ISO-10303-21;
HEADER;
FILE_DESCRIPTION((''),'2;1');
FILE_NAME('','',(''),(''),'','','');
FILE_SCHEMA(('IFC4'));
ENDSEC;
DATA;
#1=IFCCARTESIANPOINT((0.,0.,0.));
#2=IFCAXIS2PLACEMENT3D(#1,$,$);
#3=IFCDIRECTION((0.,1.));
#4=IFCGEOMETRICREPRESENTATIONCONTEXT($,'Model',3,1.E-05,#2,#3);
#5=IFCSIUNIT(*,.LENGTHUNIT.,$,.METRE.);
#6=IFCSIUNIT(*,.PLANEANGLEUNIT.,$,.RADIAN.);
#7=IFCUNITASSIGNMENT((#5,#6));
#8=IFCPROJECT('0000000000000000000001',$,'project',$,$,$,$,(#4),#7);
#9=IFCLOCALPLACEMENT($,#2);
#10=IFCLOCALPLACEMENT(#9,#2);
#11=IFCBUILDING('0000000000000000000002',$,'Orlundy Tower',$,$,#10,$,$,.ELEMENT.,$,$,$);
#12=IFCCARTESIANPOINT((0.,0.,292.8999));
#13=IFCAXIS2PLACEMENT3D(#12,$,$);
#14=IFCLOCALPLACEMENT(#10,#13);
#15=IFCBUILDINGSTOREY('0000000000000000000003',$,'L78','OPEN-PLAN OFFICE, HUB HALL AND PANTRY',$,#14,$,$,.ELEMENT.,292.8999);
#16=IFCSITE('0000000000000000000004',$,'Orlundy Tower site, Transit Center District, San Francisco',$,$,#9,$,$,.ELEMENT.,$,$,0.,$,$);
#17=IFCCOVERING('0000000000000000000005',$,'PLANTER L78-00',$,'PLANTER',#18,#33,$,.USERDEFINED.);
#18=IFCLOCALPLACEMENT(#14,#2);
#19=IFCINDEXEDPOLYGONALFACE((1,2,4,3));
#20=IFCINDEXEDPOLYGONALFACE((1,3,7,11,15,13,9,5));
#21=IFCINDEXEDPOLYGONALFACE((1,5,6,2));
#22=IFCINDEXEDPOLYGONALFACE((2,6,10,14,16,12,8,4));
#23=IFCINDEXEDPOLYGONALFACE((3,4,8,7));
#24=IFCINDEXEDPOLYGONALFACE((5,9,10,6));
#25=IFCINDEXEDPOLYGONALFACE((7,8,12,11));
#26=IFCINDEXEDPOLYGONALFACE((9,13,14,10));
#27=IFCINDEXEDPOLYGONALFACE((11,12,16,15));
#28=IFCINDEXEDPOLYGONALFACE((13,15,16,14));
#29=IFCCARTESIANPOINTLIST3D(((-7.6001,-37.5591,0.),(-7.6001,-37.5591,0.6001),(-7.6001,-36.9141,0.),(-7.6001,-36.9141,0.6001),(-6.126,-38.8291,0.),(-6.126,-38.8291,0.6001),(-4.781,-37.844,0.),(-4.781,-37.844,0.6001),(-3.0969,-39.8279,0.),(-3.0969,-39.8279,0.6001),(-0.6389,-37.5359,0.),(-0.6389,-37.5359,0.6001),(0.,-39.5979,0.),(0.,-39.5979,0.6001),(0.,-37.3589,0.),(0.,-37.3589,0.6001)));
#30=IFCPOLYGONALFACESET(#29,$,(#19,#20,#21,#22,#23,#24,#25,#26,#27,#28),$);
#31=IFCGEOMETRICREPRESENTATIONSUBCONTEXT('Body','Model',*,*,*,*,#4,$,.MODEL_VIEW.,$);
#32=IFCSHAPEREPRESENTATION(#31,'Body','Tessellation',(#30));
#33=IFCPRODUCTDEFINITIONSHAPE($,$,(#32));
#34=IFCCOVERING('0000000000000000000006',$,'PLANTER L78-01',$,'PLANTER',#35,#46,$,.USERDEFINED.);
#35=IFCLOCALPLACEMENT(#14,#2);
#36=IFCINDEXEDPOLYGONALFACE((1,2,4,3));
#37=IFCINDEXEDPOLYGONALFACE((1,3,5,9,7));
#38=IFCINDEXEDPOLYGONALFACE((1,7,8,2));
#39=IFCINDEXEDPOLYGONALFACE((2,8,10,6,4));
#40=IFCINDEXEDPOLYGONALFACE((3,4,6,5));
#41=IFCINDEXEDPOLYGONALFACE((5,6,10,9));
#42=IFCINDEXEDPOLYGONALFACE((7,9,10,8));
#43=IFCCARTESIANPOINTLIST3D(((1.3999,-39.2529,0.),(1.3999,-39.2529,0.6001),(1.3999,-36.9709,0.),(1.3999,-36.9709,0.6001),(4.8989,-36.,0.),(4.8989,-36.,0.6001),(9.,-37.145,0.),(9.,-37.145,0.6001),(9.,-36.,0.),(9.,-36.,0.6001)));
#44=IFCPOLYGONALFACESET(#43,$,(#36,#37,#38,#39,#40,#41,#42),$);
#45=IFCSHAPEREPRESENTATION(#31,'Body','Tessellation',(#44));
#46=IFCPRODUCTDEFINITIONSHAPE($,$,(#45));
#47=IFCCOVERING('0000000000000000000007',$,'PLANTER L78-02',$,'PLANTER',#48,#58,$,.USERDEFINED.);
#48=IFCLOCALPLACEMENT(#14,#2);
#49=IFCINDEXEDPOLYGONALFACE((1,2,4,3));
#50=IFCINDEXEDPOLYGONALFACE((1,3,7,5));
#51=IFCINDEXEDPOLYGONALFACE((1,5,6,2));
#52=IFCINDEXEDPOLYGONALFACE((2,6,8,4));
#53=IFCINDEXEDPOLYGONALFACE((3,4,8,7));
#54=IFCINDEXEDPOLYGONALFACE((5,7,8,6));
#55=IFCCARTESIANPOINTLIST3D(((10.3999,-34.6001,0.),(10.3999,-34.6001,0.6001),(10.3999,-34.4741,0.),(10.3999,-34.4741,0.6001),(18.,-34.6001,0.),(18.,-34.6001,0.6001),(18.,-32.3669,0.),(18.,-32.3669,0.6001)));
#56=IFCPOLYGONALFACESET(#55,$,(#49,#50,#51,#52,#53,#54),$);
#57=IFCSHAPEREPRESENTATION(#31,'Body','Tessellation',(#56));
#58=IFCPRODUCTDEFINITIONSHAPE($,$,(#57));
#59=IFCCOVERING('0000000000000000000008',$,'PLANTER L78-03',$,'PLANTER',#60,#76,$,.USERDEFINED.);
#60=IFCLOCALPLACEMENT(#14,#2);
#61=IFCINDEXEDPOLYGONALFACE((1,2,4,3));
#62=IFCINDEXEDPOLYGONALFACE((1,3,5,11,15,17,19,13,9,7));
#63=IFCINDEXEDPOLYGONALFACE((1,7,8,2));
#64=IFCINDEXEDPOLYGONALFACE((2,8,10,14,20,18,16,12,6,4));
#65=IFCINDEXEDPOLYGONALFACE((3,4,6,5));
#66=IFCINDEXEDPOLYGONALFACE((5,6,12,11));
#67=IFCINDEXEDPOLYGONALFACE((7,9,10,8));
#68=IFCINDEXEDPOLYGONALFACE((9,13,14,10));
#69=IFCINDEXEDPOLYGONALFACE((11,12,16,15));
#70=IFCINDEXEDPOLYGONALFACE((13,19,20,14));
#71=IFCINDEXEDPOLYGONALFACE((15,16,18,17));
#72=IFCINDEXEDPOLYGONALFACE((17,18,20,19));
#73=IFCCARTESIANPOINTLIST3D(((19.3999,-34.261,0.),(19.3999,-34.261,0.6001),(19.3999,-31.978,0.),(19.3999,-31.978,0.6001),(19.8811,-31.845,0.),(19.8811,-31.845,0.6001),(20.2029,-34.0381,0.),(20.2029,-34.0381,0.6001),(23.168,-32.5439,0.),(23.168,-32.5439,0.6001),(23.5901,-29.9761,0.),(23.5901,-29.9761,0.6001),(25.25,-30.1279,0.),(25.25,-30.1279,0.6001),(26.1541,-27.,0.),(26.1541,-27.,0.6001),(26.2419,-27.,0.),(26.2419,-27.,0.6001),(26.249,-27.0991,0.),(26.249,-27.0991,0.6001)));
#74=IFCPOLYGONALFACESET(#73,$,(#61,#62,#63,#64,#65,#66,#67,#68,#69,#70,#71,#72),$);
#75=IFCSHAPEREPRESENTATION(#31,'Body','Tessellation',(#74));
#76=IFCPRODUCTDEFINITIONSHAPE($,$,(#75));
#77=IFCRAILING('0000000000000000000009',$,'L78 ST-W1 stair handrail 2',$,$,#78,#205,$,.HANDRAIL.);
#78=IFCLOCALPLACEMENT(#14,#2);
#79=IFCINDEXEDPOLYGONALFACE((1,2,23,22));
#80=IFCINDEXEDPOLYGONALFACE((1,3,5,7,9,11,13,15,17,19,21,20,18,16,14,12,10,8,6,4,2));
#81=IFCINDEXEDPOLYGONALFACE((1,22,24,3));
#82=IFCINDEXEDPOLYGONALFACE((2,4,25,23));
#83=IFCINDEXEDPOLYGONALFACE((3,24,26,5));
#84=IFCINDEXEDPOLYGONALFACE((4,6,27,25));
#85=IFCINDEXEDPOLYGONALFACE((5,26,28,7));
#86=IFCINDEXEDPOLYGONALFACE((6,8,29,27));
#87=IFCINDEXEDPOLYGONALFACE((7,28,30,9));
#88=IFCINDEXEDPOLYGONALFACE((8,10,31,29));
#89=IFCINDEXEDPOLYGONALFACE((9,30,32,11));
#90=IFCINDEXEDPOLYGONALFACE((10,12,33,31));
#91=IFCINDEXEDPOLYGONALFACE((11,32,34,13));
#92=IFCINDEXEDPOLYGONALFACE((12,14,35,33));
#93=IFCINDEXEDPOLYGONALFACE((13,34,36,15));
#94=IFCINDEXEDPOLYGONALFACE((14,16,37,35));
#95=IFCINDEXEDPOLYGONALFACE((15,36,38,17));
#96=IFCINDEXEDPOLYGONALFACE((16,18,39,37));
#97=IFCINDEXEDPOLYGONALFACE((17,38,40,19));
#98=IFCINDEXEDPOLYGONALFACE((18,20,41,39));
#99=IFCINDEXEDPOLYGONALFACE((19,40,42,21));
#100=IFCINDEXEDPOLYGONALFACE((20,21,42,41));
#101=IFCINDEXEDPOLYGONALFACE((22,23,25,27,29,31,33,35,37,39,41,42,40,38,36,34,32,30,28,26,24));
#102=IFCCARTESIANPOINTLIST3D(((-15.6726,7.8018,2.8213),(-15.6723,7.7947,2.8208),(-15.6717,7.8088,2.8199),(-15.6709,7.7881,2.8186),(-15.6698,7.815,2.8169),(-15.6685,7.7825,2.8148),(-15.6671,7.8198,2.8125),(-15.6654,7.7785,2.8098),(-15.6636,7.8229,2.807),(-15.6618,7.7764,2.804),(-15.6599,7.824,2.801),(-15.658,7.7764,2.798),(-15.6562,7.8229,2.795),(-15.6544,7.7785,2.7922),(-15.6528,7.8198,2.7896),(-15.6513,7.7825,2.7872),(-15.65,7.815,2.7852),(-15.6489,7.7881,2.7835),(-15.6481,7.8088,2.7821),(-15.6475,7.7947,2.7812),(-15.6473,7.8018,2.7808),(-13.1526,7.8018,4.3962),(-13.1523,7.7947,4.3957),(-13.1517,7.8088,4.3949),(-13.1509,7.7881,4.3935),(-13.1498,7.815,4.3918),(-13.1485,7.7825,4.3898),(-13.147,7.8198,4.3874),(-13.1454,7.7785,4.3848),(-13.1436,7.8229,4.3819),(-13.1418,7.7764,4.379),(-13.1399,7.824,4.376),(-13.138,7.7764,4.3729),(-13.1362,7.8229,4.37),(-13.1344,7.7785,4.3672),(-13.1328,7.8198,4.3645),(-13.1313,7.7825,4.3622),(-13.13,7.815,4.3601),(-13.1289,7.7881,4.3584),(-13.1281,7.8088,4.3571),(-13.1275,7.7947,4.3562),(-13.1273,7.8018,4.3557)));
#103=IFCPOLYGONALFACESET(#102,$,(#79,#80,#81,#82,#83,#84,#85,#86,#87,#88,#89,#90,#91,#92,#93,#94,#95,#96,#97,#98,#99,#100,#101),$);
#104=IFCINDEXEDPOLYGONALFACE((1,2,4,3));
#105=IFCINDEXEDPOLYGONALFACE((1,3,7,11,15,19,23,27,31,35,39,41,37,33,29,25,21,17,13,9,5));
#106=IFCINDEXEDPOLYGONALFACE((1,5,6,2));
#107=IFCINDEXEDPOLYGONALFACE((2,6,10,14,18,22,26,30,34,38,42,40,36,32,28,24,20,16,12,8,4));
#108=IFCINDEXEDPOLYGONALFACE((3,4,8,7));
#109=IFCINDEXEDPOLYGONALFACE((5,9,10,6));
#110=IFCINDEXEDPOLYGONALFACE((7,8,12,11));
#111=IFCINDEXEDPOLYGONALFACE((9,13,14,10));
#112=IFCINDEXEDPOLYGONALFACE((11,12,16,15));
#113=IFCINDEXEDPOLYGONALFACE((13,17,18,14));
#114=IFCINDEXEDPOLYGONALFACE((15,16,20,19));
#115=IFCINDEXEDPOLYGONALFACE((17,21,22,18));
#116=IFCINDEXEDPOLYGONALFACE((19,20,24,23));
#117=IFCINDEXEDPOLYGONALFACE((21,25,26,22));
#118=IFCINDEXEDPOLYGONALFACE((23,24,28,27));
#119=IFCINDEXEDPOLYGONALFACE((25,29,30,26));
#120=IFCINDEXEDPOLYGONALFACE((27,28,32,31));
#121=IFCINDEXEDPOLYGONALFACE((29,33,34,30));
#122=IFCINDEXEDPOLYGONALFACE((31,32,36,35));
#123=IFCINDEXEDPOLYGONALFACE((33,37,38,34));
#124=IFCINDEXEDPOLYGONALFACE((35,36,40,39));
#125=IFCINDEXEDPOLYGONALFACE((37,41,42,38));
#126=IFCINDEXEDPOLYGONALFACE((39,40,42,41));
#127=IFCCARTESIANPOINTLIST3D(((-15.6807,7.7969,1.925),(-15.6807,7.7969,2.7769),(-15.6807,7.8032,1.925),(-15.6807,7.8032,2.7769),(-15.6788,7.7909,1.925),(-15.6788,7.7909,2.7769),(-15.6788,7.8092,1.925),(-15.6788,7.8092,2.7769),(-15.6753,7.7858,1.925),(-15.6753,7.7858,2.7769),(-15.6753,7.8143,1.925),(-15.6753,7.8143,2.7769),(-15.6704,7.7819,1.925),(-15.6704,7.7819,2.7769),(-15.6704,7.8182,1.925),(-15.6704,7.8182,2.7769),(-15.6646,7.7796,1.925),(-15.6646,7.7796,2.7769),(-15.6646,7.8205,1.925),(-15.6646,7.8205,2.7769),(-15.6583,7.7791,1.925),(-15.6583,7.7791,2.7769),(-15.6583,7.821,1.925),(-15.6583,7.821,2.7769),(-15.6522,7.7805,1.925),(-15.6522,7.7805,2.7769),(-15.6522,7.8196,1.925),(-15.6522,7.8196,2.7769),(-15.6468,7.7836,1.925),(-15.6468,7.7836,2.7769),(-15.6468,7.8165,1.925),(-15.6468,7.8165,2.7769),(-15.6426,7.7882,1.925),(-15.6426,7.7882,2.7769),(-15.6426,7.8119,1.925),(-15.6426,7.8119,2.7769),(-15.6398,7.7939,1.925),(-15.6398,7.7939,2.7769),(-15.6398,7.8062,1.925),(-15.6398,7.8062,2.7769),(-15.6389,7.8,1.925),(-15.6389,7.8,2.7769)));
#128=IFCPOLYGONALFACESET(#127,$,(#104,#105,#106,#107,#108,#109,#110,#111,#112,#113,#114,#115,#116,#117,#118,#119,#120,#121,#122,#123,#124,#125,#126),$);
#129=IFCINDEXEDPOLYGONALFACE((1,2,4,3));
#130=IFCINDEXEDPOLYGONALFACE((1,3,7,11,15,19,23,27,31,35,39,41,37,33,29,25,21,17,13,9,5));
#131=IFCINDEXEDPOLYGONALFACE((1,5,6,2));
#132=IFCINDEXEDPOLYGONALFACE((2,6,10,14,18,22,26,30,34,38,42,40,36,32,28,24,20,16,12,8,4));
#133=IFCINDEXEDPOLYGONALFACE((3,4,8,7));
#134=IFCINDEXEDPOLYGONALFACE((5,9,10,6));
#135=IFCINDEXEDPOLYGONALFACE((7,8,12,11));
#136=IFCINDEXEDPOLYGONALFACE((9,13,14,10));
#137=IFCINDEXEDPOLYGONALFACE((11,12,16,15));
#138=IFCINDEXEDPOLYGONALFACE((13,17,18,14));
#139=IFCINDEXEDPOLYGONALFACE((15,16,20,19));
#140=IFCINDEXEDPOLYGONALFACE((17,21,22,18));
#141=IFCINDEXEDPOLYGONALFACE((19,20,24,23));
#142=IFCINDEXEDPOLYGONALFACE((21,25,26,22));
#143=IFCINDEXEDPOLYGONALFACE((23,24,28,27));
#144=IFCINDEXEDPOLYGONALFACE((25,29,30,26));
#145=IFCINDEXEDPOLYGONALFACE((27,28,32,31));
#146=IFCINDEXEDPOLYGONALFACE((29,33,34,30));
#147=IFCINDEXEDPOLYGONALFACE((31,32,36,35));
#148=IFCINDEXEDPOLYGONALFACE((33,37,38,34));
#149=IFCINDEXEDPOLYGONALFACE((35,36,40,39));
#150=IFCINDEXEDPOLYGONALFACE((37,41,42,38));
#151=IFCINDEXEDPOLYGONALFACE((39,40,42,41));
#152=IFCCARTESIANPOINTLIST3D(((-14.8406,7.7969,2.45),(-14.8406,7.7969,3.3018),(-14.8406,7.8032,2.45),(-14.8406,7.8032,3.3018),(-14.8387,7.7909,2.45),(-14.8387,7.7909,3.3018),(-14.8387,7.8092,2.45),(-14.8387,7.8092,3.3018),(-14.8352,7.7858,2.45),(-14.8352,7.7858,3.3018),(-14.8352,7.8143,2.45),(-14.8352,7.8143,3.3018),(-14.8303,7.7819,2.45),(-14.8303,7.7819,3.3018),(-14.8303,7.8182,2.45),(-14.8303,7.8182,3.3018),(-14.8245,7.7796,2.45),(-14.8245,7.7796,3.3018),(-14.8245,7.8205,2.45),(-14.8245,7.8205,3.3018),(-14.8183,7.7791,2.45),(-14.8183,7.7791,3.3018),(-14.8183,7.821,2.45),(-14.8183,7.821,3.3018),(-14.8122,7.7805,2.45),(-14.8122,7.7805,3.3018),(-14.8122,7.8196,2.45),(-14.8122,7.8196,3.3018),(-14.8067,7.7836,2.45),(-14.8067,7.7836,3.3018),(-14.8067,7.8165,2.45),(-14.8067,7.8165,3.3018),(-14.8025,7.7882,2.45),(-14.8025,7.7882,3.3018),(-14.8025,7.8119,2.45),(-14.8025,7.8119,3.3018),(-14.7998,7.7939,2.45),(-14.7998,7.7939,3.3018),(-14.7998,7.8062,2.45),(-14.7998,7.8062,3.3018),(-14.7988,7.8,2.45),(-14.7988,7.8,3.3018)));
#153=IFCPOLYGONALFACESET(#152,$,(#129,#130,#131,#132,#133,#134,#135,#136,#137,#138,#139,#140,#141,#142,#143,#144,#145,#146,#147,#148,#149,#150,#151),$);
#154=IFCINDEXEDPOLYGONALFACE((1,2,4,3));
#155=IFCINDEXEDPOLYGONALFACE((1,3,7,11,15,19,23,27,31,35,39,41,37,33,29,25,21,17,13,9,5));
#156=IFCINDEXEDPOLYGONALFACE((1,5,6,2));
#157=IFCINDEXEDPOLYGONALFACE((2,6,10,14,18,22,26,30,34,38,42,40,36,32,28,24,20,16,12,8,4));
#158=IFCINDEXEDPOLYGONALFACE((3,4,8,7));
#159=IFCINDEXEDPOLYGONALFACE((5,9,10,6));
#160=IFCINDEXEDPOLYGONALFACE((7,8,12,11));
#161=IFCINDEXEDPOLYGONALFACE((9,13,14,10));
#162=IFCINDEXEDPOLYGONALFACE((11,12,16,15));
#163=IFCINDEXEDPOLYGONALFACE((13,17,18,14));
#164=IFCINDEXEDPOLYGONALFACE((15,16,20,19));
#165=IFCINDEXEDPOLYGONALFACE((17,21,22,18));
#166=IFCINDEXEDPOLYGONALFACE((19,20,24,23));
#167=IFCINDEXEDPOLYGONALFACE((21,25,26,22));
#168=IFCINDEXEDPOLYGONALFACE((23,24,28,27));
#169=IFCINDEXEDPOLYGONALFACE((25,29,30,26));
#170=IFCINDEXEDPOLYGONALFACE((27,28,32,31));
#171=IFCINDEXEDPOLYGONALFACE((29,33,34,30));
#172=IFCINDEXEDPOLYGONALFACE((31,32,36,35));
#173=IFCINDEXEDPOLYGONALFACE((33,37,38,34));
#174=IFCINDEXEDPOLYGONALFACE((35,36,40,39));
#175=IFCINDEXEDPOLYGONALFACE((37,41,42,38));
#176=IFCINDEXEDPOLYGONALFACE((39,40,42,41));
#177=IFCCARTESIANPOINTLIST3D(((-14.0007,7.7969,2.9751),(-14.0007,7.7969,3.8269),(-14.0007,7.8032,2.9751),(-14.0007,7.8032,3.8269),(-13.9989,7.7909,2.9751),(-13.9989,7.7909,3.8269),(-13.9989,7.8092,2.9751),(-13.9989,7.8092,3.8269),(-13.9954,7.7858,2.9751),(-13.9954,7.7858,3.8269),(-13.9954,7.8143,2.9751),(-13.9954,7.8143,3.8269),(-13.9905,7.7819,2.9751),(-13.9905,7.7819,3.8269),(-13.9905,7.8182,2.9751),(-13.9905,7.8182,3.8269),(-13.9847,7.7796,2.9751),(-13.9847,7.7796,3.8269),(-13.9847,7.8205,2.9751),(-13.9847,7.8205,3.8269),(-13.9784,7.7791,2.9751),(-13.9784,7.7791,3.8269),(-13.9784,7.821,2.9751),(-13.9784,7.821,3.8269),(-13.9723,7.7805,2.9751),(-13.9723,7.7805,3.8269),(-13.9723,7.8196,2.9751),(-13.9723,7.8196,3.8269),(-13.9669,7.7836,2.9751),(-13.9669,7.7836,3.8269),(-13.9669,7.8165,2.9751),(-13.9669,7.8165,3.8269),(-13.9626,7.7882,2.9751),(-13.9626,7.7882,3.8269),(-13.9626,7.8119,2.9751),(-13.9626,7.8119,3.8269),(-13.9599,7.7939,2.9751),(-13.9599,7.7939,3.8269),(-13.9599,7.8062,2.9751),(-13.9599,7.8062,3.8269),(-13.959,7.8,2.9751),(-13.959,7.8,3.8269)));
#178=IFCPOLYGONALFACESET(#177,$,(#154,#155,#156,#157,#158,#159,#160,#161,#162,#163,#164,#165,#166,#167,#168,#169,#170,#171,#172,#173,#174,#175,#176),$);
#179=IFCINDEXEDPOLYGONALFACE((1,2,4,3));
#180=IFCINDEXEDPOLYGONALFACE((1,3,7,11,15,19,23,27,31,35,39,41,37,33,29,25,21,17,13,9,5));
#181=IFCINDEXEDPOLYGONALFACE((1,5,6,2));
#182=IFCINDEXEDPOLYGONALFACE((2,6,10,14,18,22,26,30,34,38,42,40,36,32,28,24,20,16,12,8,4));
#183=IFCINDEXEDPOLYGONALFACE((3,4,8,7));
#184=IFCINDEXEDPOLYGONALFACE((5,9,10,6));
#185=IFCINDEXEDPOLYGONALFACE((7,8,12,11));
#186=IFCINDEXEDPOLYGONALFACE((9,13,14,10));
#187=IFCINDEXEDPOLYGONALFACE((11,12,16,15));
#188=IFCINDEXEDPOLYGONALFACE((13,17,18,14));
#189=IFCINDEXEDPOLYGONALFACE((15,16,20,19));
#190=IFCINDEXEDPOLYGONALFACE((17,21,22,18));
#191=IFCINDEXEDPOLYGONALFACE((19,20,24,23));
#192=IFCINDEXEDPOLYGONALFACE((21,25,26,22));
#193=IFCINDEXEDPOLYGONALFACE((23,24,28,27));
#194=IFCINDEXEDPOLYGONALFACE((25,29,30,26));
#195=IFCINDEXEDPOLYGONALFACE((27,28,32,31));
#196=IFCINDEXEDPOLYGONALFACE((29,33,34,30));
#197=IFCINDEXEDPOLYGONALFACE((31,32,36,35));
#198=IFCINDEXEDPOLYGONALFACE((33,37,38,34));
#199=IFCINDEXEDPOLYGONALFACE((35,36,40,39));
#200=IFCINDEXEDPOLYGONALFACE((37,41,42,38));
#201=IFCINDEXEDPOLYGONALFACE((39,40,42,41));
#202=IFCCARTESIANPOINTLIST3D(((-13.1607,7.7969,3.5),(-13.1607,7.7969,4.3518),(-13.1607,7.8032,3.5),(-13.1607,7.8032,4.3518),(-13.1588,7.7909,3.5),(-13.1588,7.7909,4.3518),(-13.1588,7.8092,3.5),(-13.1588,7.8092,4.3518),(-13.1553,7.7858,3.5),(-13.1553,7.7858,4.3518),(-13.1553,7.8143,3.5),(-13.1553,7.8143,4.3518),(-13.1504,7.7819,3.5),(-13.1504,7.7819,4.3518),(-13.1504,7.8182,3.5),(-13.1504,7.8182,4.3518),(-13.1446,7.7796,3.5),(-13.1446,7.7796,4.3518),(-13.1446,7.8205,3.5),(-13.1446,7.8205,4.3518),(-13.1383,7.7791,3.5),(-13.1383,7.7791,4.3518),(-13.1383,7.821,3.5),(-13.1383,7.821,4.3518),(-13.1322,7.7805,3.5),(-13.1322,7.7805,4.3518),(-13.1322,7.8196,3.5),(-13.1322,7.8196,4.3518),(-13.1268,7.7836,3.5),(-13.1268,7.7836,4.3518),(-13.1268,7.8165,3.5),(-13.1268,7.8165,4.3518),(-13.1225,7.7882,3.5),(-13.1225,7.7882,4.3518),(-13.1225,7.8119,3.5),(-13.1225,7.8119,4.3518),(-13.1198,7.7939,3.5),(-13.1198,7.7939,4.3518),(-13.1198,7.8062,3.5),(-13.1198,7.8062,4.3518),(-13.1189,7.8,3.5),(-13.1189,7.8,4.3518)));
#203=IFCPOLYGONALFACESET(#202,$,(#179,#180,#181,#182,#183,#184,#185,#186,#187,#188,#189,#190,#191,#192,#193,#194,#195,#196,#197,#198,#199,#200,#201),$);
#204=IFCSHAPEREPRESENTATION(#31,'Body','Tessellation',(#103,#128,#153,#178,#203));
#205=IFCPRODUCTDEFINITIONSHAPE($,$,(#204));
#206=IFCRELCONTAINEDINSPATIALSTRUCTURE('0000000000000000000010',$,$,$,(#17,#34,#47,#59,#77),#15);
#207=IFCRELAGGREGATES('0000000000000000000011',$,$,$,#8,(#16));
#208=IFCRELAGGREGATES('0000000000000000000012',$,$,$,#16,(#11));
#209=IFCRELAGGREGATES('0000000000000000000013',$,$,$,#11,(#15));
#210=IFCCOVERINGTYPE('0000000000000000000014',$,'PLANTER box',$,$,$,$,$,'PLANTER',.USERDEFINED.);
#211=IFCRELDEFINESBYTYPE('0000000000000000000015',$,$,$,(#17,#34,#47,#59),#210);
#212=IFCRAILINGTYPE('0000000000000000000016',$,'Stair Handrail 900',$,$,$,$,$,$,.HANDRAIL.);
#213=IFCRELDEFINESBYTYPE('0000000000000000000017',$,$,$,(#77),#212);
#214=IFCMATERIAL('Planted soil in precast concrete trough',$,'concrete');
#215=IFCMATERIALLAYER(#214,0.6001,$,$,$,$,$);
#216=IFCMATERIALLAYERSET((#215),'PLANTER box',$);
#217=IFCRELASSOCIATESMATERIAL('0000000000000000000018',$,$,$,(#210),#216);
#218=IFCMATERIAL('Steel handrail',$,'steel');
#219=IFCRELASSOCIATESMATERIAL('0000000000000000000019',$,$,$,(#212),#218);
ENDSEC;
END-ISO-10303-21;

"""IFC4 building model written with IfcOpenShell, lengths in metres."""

from ifc_helpers import new_model, si_unit, direction, frame, origin, origin_2d, place, context, subcontext, project, spatial, polyline, circle, outline, extrude, material, layer, layer_set, type_object, element, save


model = new_model("IFC4")

# Units and contexts
model_context = context("Model", 3, precision=1e-05, world=origin(), true_north=direction((0.0, 1.0)))
body_context = subcontext(model_context, "Body", "Model", "MODEL_VIEW")
ifc_project = project(units=[si_unit("LENGTHUNIT", "METRE"), si_unit("PLANEANGLEUNIT", "RADIAN")], contexts=[model_context])

# Site, building, storey
site_placement = place(None, origin())
site = spatial("IfcSite", under=ifc_project, at=site_placement, Name="Orlundy Tower site, Transit Center District, San Francisco", CompositionType="ELEMENT", RefElevation=0.0)
building_placement = place(site_placement, origin())
building = spatial("IfcBuilding", under=site, at=building_placement, Name="Orlundy Tower", CompositionType="ELEMENT")
storey_placement = place(building_placement, frame((0.0, 0.0, 292.8999)))
storey = spatial("IfcBuildingStorey", under=building, at=storey_placement, Name="L78", Description="OPEN-PLAN OFFICE, HUB HALL AND PANTRY", CompositionType="ELEMENT", Elevation=292.8999)

# Coverings
ifc_material_1 = material(Name="Planted soil in precast concrete trough", Category="concrete")
ifc_layer_1 = layer(ifc_material_1, 0.6001)
ifc_layer_set_1 = layer_set([ifc_layer_1], Name="PLANTER box")
covering_type = type_object("IfcCoveringType", Name="PLANTER box", ElementType="PLANTER", PredefinedType="USERDEFINED", material=ifc_layer_set_1)
covering_1_placement = place(storey_placement, origin())
element("IfcCovering", 1, at=covering_1_placement, inside=storey, type_object=covering_type, Name="PLANTER L78-00", ObjectType="PLANTER", PredefinedType="USERDEFINED", context=body_context, shape_type="SweptSolid", body=[
    extrude(outline(polyline([(-3.0969, -39.8279), (-6.126, -38.8291), (-7.6001, -37.5591), (-7.6001, -36.9141), (-4.781, -37.844), (-0.6389, -37.5359), (0.0, -37.3589), (0.0, -39.5979), (-3.0969, -39.8279)])), origin(), (0.0, 0.0, 1.0), 0.6001),
])
covering_2_placement = place(storey_placement, origin())
element("IfcCovering", 2, at=covering_2_placement, inside=storey, type_object=covering_type, Name="PLANTER L78-01", ObjectType="PLANTER", PredefinedType="USERDEFINED", context=body_context, shape_type="SweptSolid", body=[
    extrude(outline(polyline([(1.3999, -39.2529), (1.3999, -36.9709), (4.8989, -36.0), (9.0, -36.0), (9.0, -37.145), (1.3999, -39.2529)])), origin(), (0.0, 0.0, 1.0), 0.6001),
])
covering_3_placement = place(storey_placement, origin())
element("IfcCovering", 3, at=covering_3_placement, inside=storey, type_object=covering_type, Name="PLANTER L78-02", ObjectType="PLANTER", PredefinedType="USERDEFINED", context=body_context, shape_type="SweptSolid", body=[
    extrude(outline(polyline([(18.0, -32.3669), (18.0, -34.6001), (10.3999, -34.6001), (10.3999, -34.4741), (18.0, -32.3669)])), origin(), (0.0, 0.0, 1.0), 0.6001),
])
covering_4_placement = place(storey_placement, origin())
element("IfcCovering", 4, at=covering_4_placement, inside=storey, type_object=covering_type, Name="PLANTER L78-03", ObjectType="PLANTER", PredefinedType="USERDEFINED", context=body_context, shape_type="SweptSolid", body=[
    extrude(outline(polyline([(25.25, -30.1279), (23.168, -32.5439), (20.2029, -34.0381), (19.3999, -34.261), (19.3999, -31.978), (19.8811, -31.845), (23.5901, -29.9761), (26.1541, -27.0), (26.2419, -27.0), (26.249, -27.0991), (25.25, -30.1279)])), origin(), (0.0, 0.0, 1.0), 0.6001),
])

# Railing
ifc_material_2 = material(Name="Steel handrail", Category="steel")
railing_type_1 = type_object("IfcRailingType", Name="Stair Handrail 900", PredefinedType="HANDRAIL", material=ifc_material_2)
railing_1_placement = place(storey_placement, frame((-15.6599, 7.8, 1.925)))
element("IfcRailing", 5, at=railing_1_placement, inside=storey, type_object=railing_type_1, Name="L78 ST-W1 stair handrail 2", PredefinedType="HANDRAIL", context=body_context, shape_type="SweptSolid", body=[
    extrude(circle(Radius=0.0239, at=origin_2d()), frame((0.0, 0.0, 0.876), z_axis=(0.848008, 0.0, 0.529984), x_axis=(0.0, 1.0, 0.0)), (0.0, 0.0, 1.0), 2.9717),
    extrude(circle(Radius=0.021, at=origin_2d()), origin(), (0.0, 0.0, 1.0), 0.8518),
    extrude(circle(Radius=0.021, at=origin_2d()), frame((0.8401, 0.0, 0.5249)), (0.0, 0.0, 1.0), 0.8518),
    extrude(circle(Radius=0.021, at=origin_2d()), frame((1.6799, 0.0, 1.05)), (0.0, 0.0, 1.0), 0.8518),
    extrude(circle(Radius=0.021, at=origin_2d()), frame((2.52, 0.0, 1.575)), (0.0, 0.0, 1.0), 0.8518),
])

save(model, "model.ifc")
